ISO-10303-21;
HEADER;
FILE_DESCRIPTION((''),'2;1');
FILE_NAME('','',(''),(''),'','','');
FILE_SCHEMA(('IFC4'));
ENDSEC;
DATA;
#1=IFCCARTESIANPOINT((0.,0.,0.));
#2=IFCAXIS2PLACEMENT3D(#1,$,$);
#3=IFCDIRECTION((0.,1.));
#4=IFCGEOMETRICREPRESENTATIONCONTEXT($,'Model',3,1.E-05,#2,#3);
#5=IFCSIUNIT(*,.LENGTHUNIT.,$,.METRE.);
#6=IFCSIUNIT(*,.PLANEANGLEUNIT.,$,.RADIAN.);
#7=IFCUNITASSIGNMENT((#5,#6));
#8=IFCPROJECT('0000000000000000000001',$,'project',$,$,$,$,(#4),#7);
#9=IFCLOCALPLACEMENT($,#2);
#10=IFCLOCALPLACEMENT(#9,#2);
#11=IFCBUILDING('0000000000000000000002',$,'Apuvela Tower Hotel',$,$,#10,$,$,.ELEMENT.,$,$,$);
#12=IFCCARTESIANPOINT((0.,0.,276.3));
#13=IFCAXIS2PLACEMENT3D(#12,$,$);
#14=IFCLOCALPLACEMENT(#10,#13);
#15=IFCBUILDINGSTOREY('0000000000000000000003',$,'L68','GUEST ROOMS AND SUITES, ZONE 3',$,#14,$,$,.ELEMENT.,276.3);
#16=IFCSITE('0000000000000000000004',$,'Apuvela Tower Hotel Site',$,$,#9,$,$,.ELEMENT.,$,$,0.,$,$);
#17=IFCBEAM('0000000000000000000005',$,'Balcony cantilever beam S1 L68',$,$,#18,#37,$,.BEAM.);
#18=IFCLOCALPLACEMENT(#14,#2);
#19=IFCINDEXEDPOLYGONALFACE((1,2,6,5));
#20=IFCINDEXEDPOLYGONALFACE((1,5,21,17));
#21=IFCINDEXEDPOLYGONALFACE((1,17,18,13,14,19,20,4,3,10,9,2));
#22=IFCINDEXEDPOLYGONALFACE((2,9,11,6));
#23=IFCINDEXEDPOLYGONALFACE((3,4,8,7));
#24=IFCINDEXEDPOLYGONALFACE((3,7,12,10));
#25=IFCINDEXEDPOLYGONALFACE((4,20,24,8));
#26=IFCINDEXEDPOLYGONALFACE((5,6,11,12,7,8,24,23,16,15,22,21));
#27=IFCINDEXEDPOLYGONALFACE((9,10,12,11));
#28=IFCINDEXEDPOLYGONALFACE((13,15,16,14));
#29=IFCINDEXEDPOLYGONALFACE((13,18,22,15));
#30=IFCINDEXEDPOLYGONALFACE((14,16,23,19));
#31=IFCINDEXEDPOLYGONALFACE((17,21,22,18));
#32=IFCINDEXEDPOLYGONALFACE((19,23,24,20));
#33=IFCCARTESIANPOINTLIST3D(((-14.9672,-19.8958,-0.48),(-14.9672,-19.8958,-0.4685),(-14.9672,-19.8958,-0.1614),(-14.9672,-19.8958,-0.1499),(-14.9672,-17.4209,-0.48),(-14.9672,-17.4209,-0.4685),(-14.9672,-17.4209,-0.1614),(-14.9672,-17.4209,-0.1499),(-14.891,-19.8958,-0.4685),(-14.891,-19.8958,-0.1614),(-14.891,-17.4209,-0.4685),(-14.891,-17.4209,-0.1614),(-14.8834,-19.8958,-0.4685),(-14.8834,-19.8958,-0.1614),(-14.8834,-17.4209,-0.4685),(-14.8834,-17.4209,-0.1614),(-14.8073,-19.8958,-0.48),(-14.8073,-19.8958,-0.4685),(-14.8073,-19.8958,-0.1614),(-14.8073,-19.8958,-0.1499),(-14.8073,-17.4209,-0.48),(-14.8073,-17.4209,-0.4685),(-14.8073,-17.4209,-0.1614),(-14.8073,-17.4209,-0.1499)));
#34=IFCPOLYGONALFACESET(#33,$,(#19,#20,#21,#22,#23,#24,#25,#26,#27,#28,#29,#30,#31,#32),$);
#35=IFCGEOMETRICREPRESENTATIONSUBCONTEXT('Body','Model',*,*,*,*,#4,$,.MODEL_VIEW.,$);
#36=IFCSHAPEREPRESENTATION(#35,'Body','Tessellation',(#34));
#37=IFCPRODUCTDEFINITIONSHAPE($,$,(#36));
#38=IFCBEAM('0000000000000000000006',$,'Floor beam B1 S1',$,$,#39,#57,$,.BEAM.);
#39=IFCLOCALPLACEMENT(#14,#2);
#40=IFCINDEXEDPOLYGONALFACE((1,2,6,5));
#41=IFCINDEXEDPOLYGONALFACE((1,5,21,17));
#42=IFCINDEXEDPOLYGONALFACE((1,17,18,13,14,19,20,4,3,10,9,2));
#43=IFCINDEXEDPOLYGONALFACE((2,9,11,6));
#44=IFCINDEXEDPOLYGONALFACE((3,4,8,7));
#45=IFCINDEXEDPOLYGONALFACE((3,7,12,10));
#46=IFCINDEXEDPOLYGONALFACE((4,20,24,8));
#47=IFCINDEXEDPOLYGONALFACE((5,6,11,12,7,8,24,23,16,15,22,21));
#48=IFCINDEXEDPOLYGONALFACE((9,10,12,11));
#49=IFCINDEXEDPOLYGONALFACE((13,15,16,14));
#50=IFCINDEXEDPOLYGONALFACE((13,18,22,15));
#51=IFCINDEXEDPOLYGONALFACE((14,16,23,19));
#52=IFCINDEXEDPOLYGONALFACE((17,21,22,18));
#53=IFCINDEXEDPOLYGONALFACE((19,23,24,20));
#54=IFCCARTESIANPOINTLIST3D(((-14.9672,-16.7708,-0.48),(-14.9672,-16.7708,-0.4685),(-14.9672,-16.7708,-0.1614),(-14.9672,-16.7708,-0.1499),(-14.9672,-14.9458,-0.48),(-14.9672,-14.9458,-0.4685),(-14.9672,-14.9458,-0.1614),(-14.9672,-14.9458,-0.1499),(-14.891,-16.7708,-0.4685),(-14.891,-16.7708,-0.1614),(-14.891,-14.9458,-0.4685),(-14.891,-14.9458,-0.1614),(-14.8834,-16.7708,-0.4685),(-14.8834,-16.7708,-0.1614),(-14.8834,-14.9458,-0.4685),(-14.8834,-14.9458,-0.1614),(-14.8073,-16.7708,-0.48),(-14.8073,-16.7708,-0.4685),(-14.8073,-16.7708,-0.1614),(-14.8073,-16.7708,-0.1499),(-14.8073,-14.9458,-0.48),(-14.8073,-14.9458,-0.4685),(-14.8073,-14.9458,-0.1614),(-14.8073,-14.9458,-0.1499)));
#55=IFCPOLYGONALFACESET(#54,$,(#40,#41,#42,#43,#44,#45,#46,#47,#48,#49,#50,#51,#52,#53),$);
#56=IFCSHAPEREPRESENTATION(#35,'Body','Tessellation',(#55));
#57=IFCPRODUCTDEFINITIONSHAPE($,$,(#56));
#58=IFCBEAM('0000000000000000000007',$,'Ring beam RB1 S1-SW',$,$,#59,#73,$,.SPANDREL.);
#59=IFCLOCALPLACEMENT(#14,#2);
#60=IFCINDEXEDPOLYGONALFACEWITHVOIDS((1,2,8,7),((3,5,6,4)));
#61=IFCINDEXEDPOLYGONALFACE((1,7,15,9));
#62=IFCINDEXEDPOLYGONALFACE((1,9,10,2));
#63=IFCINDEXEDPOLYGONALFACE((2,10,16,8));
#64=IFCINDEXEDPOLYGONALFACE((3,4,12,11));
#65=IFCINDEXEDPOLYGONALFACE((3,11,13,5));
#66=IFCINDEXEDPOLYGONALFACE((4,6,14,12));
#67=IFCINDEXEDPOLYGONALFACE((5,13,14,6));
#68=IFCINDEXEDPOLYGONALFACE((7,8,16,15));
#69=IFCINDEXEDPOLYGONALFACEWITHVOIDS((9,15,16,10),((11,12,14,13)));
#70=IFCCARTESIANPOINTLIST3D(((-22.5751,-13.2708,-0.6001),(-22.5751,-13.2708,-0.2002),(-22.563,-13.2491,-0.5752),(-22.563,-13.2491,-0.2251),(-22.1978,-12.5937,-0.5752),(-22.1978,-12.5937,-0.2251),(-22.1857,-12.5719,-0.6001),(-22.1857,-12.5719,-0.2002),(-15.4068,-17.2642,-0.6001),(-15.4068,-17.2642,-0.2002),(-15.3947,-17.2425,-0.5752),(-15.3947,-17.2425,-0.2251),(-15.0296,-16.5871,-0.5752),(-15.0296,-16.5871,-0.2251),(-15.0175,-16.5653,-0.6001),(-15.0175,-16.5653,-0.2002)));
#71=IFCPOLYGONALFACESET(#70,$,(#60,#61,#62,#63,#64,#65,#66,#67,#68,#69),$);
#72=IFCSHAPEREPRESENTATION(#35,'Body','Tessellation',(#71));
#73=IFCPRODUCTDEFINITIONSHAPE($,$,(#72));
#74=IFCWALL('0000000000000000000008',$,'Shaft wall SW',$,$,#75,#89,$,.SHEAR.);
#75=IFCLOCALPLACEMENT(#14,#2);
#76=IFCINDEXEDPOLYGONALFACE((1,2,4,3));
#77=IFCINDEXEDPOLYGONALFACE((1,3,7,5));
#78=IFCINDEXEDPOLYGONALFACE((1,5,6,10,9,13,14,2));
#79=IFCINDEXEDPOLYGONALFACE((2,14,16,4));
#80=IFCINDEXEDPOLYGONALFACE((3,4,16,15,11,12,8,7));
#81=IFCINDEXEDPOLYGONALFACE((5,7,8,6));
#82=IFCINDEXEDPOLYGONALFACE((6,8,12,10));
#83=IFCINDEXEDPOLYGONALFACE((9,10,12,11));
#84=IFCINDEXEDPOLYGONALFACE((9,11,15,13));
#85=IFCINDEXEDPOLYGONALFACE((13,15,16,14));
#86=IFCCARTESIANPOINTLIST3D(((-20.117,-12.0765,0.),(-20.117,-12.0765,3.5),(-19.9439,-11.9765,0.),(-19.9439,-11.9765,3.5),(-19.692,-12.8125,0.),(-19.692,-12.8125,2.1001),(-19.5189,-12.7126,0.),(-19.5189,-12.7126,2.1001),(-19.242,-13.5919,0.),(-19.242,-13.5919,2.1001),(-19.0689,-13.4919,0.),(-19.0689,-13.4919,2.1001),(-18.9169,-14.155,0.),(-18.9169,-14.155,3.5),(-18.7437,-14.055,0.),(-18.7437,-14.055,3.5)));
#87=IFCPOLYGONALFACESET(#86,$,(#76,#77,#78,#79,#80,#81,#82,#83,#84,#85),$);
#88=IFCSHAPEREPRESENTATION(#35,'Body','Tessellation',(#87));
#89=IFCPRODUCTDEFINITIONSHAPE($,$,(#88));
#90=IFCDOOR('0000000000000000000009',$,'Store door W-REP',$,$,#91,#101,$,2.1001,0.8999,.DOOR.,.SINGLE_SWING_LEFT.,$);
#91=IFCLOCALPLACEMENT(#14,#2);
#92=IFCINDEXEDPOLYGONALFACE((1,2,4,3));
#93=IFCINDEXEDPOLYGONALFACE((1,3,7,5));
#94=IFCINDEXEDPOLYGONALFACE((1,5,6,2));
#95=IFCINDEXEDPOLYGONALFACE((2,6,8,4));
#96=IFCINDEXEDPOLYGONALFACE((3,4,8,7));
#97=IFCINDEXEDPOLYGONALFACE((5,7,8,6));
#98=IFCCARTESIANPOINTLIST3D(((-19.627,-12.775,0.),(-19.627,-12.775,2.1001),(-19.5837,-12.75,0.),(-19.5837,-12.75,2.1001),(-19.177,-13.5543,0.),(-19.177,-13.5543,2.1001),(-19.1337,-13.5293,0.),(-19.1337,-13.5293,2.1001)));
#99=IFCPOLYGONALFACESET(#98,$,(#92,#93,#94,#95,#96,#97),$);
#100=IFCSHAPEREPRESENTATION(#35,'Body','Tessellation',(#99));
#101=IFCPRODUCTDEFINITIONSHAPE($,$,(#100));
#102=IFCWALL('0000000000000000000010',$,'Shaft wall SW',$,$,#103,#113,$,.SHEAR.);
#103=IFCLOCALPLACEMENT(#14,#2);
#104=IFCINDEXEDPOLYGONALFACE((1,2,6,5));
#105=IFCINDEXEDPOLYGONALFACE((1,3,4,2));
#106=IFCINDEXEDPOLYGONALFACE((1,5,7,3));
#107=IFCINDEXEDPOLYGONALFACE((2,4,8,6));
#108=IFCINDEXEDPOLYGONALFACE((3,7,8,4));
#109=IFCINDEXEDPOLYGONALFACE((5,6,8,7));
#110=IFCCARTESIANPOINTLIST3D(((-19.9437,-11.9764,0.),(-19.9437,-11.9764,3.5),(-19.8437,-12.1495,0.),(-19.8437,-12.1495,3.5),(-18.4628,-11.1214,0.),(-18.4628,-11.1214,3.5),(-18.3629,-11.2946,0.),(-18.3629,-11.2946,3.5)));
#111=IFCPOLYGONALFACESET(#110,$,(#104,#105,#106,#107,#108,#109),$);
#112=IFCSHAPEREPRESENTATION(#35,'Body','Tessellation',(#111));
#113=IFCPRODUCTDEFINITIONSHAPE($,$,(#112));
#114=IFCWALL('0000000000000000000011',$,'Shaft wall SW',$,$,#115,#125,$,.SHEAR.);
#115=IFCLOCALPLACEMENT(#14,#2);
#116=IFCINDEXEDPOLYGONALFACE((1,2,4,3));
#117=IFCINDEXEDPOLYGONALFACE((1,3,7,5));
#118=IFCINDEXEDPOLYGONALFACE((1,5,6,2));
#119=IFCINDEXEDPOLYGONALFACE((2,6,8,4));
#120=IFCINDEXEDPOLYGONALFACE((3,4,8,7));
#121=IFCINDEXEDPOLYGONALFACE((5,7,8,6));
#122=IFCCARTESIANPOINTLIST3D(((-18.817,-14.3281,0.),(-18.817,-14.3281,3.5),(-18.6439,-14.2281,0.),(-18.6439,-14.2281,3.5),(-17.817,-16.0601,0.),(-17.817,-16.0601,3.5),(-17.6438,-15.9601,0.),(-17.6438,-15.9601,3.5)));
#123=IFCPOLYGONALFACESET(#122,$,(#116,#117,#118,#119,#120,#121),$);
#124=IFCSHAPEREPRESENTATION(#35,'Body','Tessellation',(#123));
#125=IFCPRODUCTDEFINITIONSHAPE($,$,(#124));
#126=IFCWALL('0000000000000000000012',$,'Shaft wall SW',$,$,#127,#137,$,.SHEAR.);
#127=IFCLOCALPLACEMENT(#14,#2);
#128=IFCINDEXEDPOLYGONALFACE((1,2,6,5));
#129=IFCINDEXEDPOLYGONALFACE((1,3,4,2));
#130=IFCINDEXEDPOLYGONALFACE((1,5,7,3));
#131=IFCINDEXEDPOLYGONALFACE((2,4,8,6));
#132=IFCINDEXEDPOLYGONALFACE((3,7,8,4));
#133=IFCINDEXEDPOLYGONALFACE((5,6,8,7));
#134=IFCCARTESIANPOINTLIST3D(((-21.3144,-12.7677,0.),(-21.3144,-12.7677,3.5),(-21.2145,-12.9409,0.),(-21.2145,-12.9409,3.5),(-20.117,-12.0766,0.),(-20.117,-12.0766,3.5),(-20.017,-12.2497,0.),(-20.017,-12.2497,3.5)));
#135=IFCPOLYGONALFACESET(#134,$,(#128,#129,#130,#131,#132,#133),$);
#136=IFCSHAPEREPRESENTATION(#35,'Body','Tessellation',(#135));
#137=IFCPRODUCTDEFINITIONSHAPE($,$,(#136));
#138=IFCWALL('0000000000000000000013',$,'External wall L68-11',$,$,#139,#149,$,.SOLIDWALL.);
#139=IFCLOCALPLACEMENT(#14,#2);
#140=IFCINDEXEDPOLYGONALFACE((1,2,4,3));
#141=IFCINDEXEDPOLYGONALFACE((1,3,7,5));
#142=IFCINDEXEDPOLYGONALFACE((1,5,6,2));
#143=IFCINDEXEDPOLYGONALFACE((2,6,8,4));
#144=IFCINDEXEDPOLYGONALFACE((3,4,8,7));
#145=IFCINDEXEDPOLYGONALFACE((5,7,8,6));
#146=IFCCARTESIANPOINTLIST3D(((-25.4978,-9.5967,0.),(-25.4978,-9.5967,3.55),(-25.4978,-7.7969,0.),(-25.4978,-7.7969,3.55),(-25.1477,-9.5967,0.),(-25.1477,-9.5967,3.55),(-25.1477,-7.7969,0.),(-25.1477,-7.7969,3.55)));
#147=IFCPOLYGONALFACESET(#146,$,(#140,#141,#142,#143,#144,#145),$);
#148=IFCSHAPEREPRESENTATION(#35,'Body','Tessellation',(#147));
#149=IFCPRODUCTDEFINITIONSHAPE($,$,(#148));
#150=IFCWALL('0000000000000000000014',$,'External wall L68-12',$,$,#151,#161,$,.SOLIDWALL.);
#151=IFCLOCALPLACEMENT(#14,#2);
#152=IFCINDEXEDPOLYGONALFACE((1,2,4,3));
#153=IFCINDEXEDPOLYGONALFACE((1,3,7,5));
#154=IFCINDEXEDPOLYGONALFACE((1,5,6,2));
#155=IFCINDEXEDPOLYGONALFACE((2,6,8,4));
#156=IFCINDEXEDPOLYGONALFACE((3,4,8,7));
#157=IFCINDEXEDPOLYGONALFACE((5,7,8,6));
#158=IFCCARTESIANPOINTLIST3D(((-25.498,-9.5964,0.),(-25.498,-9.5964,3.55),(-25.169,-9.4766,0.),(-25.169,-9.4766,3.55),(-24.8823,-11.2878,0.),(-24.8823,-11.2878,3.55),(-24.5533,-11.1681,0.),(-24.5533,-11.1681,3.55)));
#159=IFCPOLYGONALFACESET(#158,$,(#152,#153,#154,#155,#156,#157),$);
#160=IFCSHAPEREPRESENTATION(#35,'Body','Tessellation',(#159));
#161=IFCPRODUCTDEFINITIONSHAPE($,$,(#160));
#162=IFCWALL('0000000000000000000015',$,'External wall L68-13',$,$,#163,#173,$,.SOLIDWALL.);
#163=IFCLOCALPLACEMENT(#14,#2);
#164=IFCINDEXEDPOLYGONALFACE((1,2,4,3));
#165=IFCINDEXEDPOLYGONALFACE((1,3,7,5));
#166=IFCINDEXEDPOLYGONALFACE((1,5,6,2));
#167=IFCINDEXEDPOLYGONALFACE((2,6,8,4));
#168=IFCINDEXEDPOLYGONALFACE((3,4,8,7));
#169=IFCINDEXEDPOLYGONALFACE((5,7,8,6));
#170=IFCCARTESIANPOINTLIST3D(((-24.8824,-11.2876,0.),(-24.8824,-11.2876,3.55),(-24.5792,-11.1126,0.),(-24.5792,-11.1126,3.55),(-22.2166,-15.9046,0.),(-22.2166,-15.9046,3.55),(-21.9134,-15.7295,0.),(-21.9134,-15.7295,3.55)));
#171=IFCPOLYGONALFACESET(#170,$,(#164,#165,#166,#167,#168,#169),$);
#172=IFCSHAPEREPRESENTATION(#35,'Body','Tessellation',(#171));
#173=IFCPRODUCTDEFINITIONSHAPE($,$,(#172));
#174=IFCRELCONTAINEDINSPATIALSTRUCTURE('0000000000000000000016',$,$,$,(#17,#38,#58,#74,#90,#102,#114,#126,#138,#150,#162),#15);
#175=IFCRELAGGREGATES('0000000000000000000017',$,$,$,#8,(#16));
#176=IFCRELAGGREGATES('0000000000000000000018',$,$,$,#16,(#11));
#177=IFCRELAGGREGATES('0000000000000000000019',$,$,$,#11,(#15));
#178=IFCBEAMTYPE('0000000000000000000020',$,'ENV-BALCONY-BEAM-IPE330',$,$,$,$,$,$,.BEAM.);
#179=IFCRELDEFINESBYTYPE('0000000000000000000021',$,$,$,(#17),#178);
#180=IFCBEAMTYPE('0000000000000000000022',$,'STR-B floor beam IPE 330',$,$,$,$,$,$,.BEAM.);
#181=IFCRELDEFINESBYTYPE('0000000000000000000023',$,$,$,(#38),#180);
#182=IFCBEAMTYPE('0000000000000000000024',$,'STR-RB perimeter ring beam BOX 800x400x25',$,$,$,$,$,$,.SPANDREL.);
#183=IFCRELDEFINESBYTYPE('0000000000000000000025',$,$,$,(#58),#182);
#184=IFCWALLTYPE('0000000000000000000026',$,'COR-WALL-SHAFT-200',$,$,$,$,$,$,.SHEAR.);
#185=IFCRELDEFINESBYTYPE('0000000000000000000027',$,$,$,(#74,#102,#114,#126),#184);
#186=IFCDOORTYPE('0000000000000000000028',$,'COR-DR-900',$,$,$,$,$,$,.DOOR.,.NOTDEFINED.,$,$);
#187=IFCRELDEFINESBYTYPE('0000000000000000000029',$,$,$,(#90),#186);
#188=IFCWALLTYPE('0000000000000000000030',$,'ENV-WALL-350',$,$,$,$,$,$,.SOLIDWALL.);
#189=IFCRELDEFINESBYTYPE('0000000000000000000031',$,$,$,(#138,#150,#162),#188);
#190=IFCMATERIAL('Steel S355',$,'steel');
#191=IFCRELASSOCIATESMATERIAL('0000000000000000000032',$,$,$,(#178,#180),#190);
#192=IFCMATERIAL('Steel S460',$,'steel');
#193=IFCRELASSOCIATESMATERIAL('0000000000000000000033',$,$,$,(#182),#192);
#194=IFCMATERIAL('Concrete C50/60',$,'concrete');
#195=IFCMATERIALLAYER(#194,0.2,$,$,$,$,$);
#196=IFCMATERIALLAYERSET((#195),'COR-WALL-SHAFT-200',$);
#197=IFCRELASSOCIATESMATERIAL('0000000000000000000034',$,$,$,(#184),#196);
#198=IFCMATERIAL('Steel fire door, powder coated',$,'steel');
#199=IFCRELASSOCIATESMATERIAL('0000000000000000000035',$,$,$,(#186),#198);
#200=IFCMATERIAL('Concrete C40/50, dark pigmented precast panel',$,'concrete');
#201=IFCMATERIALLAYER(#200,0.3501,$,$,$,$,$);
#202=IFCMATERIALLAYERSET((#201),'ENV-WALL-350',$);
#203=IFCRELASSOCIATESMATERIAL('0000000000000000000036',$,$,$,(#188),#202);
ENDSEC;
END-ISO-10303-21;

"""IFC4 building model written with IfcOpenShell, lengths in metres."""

from ifc_helpers import new_model, si_unit, direction, frame, frame_2d, origin, origin_2d, place, context, subcontext, project, spatial, rectangle, hollow_rectangle, i_section, extrude, material, layer, layer_set, material_profile, profile_set, type_object, element, fill, save


model = new_model("IFC4")

# Units and contexts
model_context = context("Model", 3, precision=1e-05, world=origin(), true_north=direction((0.0, 1.0)))
body_context = subcontext(model_context, "Body", "Model", "MODEL_VIEW")
ifc_project = project(units=[si_unit("LENGTHUNIT", "METRE"), si_unit("PLANEANGLEUNIT", "RADIAN")], contexts=[model_context])

# Site, building, storey
site_placement = place(None, origin())
site = spatial("IfcSite", under=ifc_project, at=site_placement, Name="Apuvela Tower Hotel Site", CompositionType="ELEMENT", RefElevation=0.0)
building_placement = place(site_placement, origin())
building = spatial("IfcBuilding", under=site, at=building_placement, Name="Apuvela Tower Hotel", CompositionType="ELEMENT")
storey_placement = place(building_placement, frame((0.0, 0.0, 276.3)))
storey = spatial("IfcBuildingStorey", under=building, at=storey_placement, Name="L68", Description="GUEST ROOMS AND SUITES, ZONE 3", CompositionType="ELEMENT", Elevation=276.3)

# Shared definitions
ifc_material_1 = material(Name="Steel S460", Category="steel")

# Beams
ifc_material_2 = material(Name="Steel S355", Category="steel")
ifc_material_profile_1 = material_profile(ifc_material_2, i_section(OverallWidth=0.1599, OverallDepth=0.3301, WebThickness=0.0076, FlangeThickness=0.0115, at=origin_2d()), Name="IPE 330")
ifc_profile_set_1 = profile_set([ifc_material_profile_1], Name="Steel S355")
beam_type_1 = type_object("IfcBeamType", Name="ENV-BALCONY-BEAM-IPE330", PredefinedType="BEAM", material=ifc_profile_set_1)
beam_1_placement = place(storey_placement, frame((-14.8872, -17.4209, -0.3149), z_axis=(0.0, -1.0, 0.0), x_axis=(1.0, 0.0, 0.0)))
element("IfcBeam", 1, at=beam_1_placement, inside=storey, type_object=beam_type_1, Name="Balcony cantilever beam S1 L68", PredefinedType="BEAM", context=body_context, shape_type="SweptSolid", body=[
    extrude(i_section(OverallWidth=0.1599, OverallDepth=0.3301, WebThickness=0.0076, FlangeThickness=0.0115, at=origin_2d()), origin(), (0.0, 0.0, 1.0), 2.4749),
])
ifc_material_profile_2 = material_profile(ifc_material_2, i_section(OverallWidth=0.1599, OverallDepth=0.3301, WebThickness=0.0076, FlangeThickness=0.0115, at=origin_2d()), Name="IPE 330")
ifc_profile_set_2 = profile_set([ifc_material_profile_2], Name="Steel S355")
beam_type_2 = type_object("IfcBeamType", Name="STR-B floor beam IPE 330", PredefinedType="BEAM", material=ifc_profile_set_2)
beam_2_placement = place(storey_placement, frame((-14.8872, -16.7708, -0.3149), z_axis=(0.0, 1.0, 0.0), x_axis=(-1.0, 0.0, 0.0)))
element("IfcBeam", 2, at=beam_2_placement, inside=storey, type_object=beam_type_2, Name="Floor beam B1 S1", PredefinedType="BEAM", context=body_context, shape_type="SweptSolid", body=[
    extrude(i_section(OverallWidth=0.1599, OverallDepth=0.3301, WebThickness=0.0076, FlangeThickness=0.0115, at=origin_2d()), origin(), (0.0, 0.0, 1.0), 1.825),
])
ifc_material_profile_3 = material_profile(ifc_material_1, hollow_rectangle(XDim=0.8, YDim=0.3999, WallThickness=0.0249, at=origin_2d()), Name="BOX 800x400x25")
ifc_profile_set_3 = profile_set([ifc_material_profile_3], Name="Steel S460")
beam_type_3 = type_object("IfcBeamType", Name="STR-RB perimeter ring beam BOX 800x400x25", PredefinedType="SPANDREL", material=ifc_profile_set_3)
beam_3_placement = place(storey_placement, frame((-15.2122, -16.9148, -0.4001), z_axis=(-0.873584, 0.486673, 0.0), x_axis=(-0.486673, -0.873584, 0.0)))
element("IfcBeam", 3, at=beam_3_placement, inside=storey, type_object=beam_type_3, Name="Ring beam RB1 S1-SW", PredefinedType="SPANDREL", context=body_context, shape_type="SweptSolid", body=[
    extrude(hollow_rectangle(XDim=0.8, YDim=0.3999, WallThickness=0.0249, at=origin_2d()), origin(), (0.0, 0.0, 1.0), 8.2056),
])

# Wall, opening, door
ifc_material_3 = material(Name="Concrete C50/60", Category="concrete")
ifc_layer_1 = layer(ifc_material_3, 0.2)
ifc_layer_set_1 = layer_set([ifc_layer_1], Name="COR-WALL-SHAFT-200")
wall_type_1 = type_object("IfcWallType", Name="COR-WALL-SHAFT-200", PredefinedType="SHEAR", material=ifc_layer_set_1)
wall_1_placement = place(storey_placement, frame((-20.0305, -12.0264, 0.0), z_axis=(0.0, 0.0, 1.0), x_axis=(0.500034, -0.866006, 0.0)))
wall_1 = element("IfcWall", 4, at=wall_1_placement, inside=storey, type_object=wall_type_1, Name="Shaft wall SW", PredefinedType="SHEAR", context=body_context, shape_type="SweptSolid", body=[
    extrude(rectangle(XDim=2.4001, YDim=0.2, at=frame_2d((1.2002, 0.0))), origin(), (0.0, 0.0, 1.0), 3.5),
])
opening_1_placement = place(wall_1_placement, frame((0.8501, 0.0, 0.0)))
opening_1 = element("IfcOpeningElement", 5, at=opening_1_placement, cuts=wall_1, PredefinedType="OPENING", context=body_context, shape_type="SweptSolid", body=[
    extrude(rectangle(XDim=0.8999, YDim=2.1001, at=frame_2d((0.45, 1.05))), frame((0.0, 0.1099, 0.0), z_axis=(0.0, -1.0, 0.0), x_axis=(1.0, 0.0, 0.0)), (0.0, 0.0, 1.0), 0.22),
])
ifc_material_4 = material(Name="Steel fire door, powder coated", Category="steel")
door_type_1 = type_object("IfcDoorType", Name="COR-DR-900", OperationType="NOTDEFINED", PredefinedType="DOOR", material=ifc_material_4)
door_1_placement = place(opening_1_placement, frame((0.8999, 0.0, 0.0), z_axis=(0.0, 0.0, 1.0), x_axis=(-1.0, 0.0, 0.0)))
door_1 = element("IfcDoor", 6, at=door_1_placement, inside=storey, type_object=door_type_1, Name="Store door W-REP", OperationType="SINGLE_SWING_LEFT", OverallHeight=2.1001, OverallWidth=0.8999, PredefinedType="DOOR", context=body_context, shape_type="SweptSolid", body=[
    extrude(rectangle(XDim=0.8999, YDim=2.1001, at=frame_2d((0.45, 1.05))), frame((0.0, 0.0249, 0.0), z_axis=(0.0, -1.0, 0.0), x_axis=(1.0, 0.0, 0.0)), (0.0, 0.0, 1.0), 0.05),
])
fill(opening_1, door_1)

# Walls
wall_2_placement = place(storey_placement, frame((-18.4128, -11.208, 0.0), z_axis=(0.0, 0.0, 1.0), x_axis=(-0.866038, -0.499978, 0.0)))
element("IfcWall", 7, at=wall_2_placement, inside=storey, type_object=wall_type_1, Name="Shaft wall SW", PredefinedType="SHEAR", context=body_context, shape_type="SweptSolid", body=[
    extrude(rectangle(XDim=1.71, YDim=0.2, at=frame_2d((0.855, 0.0))), origin(), (0.0, 0.0, 1.0), 3.5),
])
wall_3_placement = place(storey_placement, frame((-18.7305, -14.2781, 0.0), z_axis=(0.0, 0.0, 1.0), x_axis=(0.500025, -0.866011, 0.0)))
element("IfcWall", 8, at=wall_3_placement, inside=storey, type_object=wall_type_1, Name="Shaft wall SW", PredefinedType="SHEAR", context=body_context, shape_type="SweptSolid", body=[
    extrude(rectangle(XDim=2.0, YDim=0.2, at=frame_2d((1.0, 0.0))), origin(), (0.0, 0.0, 1.0), 3.5),
])
wall_4_placement = place(storey_placement, frame((-20.0669, -12.1631, 0.0), z_axis=(0.0, 0.0, 1.0), x_axis=(-0.866094, -0.49988, 0.0)))
element("IfcWall", 9, at=wall_4_placement, inside=storey, type_object=wall_type_1, Name="Shaft wall SW", PredefinedType="SHEAR", context=body_context, shape_type="SweptSolid", body=[
    extrude(rectangle(XDim=1.3826, YDim=0.2, at=frame_2d((0.6914, 0.0))), origin(), (0.0, 0.0, 1.0), 3.5),
])
ifc_material_5 = material(Name="Concrete C40/50, dark pigmented precast panel", Category="concrete")
ifc_layer_2 = layer(ifc_material_5, 0.3501)
ifc_layer_set_2 = layer_set([ifc_layer_2], Name="ENV-WALL-350")
wall_type_2 = type_object("IfcWallType", Name="ENV-WALL-350", PredefinedType="SOLIDWALL", material=ifc_layer_set_2)
wall_5_placement = place(storey_placement, frame((-25.3228, -7.7969, 0.0), z_axis=(0.0, 0.0, 1.0), x_axis=(0.0, -1.0, 0.0)))
element("IfcWall", 10, at=wall_5_placement, inside=storey, type_object=wall_type_2, Name="External wall L68-11", PredefinedType="SOLIDWALL", context=body_context, shape_type="SweptSolid", body=[
    extrude(rectangle(XDim=1.7998, YDim=0.3501, at=frame_2d((0.8999, 0.0))), origin(), (0.0, 0.0, 1.0), 3.55),
])
wall_6_placement = place(storey_placement, frame((-25.3335, -9.5366, 0.0), z_axis=(0.0, 0.0, 1.0), x_axis=(0.34207, -0.939675, 0.0)))
element("IfcWall", 11, at=wall_6_placement, inside=storey, type_object=wall_type_2, Name="External wall L68-12", PredefinedType="SOLIDWALL", context=body_context, shape_type="SweptSolid", body=[
    extrude(rectangle(XDim=1.8, YDim=0.3501, at=frame_2d((0.8999, 0.0))), origin(), (0.0, 0.0, 1.0), 3.55),
])
wall_7_placement = place(storey_placement, frame((-24.7307, -11.2002, 0.0), z_axis=(0.0, 0.0, 1.0), x_axis=(0.500025, -0.866011, 0.0)))
element("IfcWall", 12, at=wall_7_placement, inside=storey, type_object=wall_type_2, Name="External wall L68-13", PredefinedType="SOLIDWALL", context=body_context, shape_type="SweptSolid", body=[
    extrude(rectangle(XDim=5.3313, YDim=0.3501, at=frame_2d((2.6655, 0.0))), origin(), (0.0, 0.0, 1.0), 3.55),
])

save(model, "model.ifc")
